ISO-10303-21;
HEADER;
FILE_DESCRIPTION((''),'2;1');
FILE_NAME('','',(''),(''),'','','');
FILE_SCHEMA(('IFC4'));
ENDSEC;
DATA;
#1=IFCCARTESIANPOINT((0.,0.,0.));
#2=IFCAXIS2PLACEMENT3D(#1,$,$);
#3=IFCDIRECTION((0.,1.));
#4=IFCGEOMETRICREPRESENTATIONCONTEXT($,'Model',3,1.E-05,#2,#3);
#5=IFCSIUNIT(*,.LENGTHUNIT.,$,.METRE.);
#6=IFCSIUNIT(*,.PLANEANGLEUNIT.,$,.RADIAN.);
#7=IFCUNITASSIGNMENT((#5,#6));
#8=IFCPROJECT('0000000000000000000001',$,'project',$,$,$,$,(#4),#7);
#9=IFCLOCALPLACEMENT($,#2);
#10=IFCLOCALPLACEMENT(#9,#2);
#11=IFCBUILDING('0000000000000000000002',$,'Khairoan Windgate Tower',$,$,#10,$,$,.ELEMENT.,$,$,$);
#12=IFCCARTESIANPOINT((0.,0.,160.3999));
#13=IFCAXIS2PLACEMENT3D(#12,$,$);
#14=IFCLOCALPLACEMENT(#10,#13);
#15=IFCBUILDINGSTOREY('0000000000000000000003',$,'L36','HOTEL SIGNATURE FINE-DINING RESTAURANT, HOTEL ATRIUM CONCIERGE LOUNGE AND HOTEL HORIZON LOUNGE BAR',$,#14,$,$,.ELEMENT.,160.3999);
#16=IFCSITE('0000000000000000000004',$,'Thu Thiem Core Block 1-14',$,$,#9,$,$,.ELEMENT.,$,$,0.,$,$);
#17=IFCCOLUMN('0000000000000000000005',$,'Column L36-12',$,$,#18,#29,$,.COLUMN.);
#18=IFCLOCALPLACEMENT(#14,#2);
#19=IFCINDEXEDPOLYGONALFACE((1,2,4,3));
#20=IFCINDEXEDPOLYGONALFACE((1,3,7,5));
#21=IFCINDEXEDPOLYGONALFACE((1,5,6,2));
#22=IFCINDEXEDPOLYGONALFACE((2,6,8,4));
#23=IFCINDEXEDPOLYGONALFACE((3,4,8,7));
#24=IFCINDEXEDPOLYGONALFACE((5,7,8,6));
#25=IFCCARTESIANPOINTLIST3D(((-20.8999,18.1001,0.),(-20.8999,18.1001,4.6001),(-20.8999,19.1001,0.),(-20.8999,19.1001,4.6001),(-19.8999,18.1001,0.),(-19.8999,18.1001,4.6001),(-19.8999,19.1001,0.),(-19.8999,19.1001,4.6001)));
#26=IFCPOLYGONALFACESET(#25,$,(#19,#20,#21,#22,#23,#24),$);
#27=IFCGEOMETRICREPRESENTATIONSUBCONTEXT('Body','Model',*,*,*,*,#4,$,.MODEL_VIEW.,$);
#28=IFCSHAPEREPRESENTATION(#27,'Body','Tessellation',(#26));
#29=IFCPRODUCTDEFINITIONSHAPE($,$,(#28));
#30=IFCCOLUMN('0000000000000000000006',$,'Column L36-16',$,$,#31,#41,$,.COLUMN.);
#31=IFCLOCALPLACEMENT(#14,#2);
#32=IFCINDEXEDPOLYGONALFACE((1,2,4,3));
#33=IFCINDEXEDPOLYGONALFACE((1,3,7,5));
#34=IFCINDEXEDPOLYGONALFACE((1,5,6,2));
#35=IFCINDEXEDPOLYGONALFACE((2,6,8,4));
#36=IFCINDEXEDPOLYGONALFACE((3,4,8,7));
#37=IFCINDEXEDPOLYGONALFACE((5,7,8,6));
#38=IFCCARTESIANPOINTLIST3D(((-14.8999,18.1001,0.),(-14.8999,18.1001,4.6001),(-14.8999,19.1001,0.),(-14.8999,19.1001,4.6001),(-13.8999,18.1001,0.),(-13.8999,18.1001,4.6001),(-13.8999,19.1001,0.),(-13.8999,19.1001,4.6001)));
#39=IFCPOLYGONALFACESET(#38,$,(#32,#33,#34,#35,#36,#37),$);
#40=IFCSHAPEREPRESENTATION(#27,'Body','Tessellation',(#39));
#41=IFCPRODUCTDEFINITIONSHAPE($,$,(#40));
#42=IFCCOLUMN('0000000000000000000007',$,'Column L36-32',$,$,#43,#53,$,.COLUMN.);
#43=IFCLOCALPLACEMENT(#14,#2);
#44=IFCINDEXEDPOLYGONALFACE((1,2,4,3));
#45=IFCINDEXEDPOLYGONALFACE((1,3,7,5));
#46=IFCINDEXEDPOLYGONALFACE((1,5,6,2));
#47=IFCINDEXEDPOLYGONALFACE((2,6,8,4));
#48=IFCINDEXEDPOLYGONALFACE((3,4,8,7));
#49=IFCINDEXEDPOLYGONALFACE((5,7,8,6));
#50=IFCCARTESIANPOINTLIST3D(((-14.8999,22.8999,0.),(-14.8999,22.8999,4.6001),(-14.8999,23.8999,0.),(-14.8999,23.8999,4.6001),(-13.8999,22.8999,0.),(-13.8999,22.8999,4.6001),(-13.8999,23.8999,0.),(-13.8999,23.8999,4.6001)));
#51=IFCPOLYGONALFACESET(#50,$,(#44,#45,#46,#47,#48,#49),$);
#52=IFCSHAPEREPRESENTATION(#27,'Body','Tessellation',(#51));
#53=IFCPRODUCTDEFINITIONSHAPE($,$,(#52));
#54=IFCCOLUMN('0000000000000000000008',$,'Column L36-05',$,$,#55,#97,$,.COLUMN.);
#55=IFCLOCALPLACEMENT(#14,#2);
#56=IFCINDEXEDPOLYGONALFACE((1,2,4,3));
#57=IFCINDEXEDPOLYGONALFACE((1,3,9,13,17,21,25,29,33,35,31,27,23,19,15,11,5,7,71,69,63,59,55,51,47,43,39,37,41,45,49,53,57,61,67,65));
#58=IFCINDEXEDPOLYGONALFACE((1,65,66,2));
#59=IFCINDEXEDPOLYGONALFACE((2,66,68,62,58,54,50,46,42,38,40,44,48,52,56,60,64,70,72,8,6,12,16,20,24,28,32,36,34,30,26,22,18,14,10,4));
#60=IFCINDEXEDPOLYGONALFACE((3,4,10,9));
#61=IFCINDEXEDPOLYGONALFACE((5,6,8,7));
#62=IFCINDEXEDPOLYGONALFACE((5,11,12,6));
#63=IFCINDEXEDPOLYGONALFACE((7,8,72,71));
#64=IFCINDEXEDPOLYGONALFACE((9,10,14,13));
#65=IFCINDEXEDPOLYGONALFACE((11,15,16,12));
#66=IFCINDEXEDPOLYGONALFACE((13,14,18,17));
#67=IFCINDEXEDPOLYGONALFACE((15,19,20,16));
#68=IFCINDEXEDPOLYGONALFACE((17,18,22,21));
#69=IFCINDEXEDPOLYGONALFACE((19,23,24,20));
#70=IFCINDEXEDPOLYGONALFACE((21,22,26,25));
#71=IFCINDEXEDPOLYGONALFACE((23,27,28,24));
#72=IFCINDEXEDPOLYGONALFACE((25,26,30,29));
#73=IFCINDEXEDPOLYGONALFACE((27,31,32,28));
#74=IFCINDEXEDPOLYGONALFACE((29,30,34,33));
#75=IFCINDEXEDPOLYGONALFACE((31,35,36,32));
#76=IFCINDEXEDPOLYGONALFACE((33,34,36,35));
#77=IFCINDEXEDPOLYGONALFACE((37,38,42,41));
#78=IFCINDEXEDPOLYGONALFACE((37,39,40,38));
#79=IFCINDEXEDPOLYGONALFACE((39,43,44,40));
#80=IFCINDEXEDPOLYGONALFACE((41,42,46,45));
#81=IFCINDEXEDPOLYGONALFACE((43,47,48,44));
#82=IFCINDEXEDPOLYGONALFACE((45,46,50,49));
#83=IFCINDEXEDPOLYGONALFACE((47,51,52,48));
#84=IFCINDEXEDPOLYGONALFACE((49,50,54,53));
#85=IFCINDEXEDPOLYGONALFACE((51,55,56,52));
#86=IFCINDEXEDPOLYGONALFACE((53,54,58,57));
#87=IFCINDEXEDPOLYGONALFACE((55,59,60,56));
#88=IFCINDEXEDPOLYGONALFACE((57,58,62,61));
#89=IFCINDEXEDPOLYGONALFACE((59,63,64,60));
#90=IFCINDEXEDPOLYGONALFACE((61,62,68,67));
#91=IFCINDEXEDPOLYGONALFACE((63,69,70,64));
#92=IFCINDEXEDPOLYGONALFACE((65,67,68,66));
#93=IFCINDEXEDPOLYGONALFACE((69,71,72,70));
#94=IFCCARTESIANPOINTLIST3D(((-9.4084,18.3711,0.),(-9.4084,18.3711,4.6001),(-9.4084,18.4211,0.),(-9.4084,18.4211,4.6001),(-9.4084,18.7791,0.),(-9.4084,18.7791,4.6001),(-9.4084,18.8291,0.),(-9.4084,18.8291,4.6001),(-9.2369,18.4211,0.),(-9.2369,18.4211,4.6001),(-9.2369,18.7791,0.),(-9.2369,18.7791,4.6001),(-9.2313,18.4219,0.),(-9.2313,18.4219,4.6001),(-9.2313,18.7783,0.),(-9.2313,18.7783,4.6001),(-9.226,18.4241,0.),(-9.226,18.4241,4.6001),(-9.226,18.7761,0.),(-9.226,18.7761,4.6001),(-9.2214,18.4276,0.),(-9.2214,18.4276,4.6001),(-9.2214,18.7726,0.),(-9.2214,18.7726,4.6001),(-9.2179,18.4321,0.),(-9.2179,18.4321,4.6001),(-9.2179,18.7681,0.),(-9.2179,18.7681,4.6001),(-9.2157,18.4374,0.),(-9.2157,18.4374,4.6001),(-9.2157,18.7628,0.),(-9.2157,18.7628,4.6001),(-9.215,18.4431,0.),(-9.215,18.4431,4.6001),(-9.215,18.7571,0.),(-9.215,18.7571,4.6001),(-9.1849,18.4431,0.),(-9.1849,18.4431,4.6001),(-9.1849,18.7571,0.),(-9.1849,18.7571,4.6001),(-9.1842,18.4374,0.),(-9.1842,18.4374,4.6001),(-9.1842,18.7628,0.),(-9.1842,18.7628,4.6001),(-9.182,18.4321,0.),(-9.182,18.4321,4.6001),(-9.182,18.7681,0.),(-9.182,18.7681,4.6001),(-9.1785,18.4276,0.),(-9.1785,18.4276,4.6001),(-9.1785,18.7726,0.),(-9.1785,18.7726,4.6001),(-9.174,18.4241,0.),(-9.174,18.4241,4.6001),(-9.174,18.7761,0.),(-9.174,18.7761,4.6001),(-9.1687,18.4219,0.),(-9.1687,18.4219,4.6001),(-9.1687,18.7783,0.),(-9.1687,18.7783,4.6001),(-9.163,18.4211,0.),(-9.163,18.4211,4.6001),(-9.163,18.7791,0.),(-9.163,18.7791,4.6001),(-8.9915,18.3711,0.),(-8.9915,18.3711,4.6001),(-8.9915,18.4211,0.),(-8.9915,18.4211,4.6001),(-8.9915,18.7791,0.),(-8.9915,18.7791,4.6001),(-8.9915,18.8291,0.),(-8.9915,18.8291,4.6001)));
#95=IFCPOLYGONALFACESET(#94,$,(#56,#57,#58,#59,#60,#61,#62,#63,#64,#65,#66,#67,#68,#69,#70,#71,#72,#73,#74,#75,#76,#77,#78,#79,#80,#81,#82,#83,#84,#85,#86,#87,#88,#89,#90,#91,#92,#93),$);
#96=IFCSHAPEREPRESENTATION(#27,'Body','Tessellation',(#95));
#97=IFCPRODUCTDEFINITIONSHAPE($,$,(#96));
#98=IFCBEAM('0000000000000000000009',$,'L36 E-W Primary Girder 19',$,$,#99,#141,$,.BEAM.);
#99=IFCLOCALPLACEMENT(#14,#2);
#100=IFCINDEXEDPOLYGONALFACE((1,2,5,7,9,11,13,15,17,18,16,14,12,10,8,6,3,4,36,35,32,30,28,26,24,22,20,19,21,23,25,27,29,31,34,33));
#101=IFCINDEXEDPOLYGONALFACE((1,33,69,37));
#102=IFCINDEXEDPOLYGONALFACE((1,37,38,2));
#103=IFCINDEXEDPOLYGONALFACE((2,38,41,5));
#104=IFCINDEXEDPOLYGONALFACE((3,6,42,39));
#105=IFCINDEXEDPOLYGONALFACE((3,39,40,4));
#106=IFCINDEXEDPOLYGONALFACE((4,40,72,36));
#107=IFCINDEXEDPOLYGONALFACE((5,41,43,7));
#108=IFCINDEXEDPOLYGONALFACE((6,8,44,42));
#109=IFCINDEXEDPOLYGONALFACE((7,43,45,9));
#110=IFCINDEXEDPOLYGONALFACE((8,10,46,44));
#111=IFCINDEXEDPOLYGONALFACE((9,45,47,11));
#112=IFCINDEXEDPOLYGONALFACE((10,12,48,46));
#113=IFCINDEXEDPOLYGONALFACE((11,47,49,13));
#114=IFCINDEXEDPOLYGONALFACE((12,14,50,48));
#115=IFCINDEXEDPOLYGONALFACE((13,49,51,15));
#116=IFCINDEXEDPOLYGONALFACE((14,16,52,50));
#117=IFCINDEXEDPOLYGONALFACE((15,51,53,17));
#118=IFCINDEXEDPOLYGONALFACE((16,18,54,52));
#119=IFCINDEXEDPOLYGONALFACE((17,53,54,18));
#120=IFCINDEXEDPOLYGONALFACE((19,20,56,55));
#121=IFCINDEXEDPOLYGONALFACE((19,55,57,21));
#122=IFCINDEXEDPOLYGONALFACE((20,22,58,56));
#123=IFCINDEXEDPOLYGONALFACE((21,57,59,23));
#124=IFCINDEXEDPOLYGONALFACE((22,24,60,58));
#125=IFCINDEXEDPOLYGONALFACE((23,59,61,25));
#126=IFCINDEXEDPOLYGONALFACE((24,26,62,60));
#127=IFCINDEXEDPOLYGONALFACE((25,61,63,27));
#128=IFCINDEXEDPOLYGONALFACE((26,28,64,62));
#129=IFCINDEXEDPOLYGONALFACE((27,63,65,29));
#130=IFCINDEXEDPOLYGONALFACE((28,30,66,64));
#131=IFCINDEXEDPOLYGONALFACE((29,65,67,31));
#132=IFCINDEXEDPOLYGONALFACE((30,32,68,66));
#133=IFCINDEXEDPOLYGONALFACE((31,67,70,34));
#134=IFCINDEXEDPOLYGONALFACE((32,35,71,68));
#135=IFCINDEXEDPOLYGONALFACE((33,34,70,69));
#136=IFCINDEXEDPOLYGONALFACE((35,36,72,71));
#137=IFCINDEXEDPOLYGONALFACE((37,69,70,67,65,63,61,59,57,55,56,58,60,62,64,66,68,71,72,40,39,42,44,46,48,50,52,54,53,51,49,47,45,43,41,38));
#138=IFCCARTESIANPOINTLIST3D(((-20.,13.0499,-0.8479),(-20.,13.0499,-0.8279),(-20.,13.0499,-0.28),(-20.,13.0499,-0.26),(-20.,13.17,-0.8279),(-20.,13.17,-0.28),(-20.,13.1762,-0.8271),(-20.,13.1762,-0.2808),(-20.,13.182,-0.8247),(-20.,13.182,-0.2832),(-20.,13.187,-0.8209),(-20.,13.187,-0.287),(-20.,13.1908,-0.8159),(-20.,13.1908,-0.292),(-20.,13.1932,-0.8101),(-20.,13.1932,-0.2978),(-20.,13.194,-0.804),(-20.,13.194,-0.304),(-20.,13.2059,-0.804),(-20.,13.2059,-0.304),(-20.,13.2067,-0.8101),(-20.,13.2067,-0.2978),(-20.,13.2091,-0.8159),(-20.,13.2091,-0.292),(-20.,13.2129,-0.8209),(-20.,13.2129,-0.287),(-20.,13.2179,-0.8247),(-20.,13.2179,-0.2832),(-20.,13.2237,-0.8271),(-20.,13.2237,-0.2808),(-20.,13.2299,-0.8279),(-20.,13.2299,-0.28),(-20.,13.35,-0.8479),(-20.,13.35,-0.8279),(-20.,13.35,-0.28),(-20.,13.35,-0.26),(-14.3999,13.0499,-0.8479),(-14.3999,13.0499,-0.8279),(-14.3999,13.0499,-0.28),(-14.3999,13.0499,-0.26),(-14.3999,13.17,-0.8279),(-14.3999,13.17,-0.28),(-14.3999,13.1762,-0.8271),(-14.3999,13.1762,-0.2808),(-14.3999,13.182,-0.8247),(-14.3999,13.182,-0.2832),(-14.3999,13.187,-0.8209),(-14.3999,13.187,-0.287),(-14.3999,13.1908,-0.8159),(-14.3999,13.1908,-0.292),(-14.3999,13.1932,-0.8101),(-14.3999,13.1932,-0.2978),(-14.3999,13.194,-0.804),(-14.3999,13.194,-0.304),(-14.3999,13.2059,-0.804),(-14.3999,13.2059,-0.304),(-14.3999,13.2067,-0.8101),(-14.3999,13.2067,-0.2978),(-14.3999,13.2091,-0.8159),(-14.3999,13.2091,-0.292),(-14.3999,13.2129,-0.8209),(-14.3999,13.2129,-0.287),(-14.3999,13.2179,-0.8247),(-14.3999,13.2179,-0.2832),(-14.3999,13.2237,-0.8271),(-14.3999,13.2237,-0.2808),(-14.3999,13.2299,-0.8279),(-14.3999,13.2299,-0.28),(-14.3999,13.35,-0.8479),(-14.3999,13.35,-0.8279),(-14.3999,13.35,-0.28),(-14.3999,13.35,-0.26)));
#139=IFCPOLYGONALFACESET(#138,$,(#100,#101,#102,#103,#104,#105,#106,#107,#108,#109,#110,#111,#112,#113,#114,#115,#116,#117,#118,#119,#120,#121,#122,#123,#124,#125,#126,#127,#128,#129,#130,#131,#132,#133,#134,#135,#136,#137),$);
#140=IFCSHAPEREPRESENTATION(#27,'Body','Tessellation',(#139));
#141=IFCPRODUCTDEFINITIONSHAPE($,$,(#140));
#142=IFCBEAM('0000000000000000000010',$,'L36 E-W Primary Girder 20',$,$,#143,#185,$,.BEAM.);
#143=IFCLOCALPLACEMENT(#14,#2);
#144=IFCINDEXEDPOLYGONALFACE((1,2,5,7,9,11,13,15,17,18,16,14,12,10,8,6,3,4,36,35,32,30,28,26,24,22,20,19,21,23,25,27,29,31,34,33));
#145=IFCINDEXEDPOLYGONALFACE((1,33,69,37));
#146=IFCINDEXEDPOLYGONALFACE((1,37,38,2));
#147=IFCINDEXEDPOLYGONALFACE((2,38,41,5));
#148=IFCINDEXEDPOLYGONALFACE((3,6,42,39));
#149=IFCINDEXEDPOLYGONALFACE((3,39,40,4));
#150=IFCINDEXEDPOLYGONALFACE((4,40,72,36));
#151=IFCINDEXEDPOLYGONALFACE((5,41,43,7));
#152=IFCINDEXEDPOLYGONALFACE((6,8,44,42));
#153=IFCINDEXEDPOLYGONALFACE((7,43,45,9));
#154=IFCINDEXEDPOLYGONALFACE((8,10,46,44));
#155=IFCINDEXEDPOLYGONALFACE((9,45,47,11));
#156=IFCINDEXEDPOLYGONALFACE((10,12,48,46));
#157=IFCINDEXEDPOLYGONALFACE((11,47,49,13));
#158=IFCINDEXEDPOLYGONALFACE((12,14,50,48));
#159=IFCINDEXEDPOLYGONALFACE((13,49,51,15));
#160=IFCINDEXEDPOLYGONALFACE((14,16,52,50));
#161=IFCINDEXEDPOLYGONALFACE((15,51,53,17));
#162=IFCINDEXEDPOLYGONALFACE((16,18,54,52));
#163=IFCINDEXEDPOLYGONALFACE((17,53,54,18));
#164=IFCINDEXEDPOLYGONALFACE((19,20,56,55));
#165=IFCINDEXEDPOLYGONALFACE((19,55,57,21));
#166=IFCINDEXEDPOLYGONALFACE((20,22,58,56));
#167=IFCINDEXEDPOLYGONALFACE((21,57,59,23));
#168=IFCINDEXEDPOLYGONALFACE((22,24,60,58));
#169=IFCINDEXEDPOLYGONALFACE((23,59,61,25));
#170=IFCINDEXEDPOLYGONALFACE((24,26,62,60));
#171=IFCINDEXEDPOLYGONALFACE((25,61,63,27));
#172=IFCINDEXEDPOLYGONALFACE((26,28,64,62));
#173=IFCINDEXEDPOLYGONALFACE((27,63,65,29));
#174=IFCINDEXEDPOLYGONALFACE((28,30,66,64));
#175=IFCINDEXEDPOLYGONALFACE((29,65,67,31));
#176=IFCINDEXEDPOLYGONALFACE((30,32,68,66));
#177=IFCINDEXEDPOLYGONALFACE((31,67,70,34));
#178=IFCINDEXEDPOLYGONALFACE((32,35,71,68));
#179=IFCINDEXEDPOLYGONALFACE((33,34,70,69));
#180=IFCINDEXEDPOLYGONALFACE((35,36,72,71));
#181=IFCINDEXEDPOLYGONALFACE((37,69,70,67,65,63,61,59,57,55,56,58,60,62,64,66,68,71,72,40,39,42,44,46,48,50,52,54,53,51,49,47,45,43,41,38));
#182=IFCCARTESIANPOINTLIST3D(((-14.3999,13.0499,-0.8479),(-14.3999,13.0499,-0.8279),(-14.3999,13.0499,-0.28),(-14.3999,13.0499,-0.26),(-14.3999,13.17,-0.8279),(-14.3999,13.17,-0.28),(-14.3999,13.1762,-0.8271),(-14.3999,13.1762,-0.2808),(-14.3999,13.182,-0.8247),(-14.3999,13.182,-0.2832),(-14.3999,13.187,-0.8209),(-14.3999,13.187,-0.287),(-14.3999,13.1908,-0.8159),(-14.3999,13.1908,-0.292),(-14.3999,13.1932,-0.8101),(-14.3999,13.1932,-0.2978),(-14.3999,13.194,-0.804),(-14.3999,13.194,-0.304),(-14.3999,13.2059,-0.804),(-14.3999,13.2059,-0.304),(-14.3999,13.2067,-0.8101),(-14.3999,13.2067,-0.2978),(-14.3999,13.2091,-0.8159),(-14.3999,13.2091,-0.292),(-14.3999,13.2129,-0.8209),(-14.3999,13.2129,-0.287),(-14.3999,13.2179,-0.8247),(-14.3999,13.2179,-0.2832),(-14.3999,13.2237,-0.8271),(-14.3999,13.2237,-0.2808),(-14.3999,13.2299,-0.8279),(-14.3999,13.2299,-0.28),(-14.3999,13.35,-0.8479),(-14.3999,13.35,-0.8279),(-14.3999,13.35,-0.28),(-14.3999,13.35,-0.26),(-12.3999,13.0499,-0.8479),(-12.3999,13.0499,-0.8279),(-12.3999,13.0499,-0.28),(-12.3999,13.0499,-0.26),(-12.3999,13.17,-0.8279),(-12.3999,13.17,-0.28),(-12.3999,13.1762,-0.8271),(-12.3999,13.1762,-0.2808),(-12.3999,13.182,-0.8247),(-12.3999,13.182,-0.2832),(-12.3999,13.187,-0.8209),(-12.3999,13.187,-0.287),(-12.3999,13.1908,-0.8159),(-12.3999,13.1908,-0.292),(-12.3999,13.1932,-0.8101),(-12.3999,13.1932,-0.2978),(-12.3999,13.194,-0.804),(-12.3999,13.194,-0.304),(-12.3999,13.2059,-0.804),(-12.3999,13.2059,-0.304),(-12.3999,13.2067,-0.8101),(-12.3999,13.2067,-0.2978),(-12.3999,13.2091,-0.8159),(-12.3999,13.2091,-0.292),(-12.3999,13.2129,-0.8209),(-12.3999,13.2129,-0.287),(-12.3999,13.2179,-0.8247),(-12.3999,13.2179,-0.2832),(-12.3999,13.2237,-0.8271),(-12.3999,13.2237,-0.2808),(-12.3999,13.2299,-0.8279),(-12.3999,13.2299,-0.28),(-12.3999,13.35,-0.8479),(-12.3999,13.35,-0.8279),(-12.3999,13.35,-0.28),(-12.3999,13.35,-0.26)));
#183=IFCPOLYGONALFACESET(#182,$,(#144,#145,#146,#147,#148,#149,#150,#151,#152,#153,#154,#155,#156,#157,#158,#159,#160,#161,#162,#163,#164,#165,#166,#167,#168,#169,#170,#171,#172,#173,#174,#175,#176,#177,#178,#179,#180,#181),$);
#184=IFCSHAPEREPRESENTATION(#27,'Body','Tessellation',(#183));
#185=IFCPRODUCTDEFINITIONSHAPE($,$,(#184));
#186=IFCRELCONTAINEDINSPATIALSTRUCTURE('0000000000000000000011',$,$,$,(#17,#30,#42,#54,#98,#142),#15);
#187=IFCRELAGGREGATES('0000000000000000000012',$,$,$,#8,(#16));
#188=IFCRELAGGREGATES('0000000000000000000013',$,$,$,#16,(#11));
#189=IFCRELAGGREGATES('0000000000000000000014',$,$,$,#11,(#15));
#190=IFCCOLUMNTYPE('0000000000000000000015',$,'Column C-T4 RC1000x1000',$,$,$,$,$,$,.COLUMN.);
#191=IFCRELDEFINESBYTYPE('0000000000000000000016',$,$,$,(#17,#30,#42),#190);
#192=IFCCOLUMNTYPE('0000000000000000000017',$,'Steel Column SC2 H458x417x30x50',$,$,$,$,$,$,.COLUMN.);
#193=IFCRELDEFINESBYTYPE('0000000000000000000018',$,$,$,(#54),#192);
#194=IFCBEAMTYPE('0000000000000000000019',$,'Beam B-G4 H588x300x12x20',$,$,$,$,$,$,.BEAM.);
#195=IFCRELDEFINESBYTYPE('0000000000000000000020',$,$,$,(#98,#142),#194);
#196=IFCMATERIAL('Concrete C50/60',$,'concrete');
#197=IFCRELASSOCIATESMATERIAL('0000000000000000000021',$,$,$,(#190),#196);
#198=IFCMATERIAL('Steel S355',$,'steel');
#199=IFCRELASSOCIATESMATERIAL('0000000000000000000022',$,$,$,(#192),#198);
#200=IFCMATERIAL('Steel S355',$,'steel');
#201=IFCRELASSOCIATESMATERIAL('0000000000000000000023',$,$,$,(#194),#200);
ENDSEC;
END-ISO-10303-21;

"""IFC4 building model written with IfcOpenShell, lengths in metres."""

from ifc_helpers import new_model, si_unit, direction, frame, origin, origin_2d, place, context, subcontext, project, spatial, rectangle, i_section, extrude, material, material_profile, profile_set, type_object, element, save


model = new_model("IFC4")

# Units and contexts
model_context = context("Model", 3, precision=1e-05, world=origin(), true_north=direction((0.0, 1.0)))
body_context = subcontext(model_context, "Body", "Model", "MODEL_VIEW")
ifc_project = project(units=[si_unit("LENGTHUNIT", "METRE"), si_unit("PLANEANGLEUNIT", "RADIAN")], contexts=[model_context])

# Site, building, storey
site_placement = place(None, origin())
site = spatial("IfcSite", under=ifc_project, at=site_placement, Name="Thu Thiem Core Block 1-14", CompositionType="ELEMENT", RefElevation=0.0)
building_placement = place(site_placement, origin())
building = spatial("IfcBuilding", under=site, at=building_placement, Name="Khairoan Windgate Tower", CompositionType="ELEMENT")
storey_placement = place(building_placement, frame((0.0, 0.0, 160.3999)))
storey = spatial("IfcBuildingStorey", under=building, at=storey_placement, Name="L36", Description="HOTEL SIGNATURE FINE-DINING RESTAURANT, HOTEL ATRIUM CONCIERGE LOUNGE AND HOTEL HORIZON LOUNGE BAR", CompositionType="ELEMENT", Elevation=160.3999)

# Columns
ifc_material_1 = material(Name="Concrete C50/60", Category="concrete")
ifc_material_profile_1 = material_profile(ifc_material_1, rectangle(XDim=1.0, YDim=1.0, at=origin_2d()))
ifc_profile_set_1 = profile_set([ifc_material_profile_1], Name="Concrete C50/60")
column_type_1 = type_object("IfcColumnType", Name="Column C-T4 RC1000x1000", PredefinedType="COLUMN", material=ifc_profile_set_1)
for number, where, z_axis, x_axis, name in (
    (1, (-20.3999, 18.6001, 0.0), (0.0, 0.0, 1.0), (1.0, 0.0, 0.0), "Column L36-12"),
    (2, (-14.3999, 18.6001, 0.0), (0.0, 0.0, 1.0), (1.0, 0.0, 0.0), "Column L36-16"),
    (3, (-14.3999, 23.3999, 0.0), (0.0, 0.0, 1.0), (1.0, 0.0, 0.0), "Column L36-32"),
):
    element("IfcColumn", number, at=place(storey_placement, frame(where, z_axis=z_axis, x_axis=x_axis)), inside=storey, type_object=column_type_1, Name=name, PredefinedType="COLUMN", context=body_context, shape_type="SweptSolid", body=[
        extrude(rectangle(XDim=1.0, YDim=1.0, at=origin_2d()), origin(), (0.0, 0.0, 1.0), 4.6001),
    ])
ifc_material_2 = material(Name="Steel S355", Category="steel")
ifc_material_profile_2 = material_profile(ifc_material_2, i_section(OverallWidth=0.417, OverallDepth=0.458, WebThickness=0.03, FlangeThickness=0.05, FilletRadius=0.022, at=origin_2d()))
ifc_profile_set_2 = profile_set([ifc_material_profile_2], Name="Steel S355")
column_type_2 = type_object("IfcColumnType", Name="Steel Column SC2 H458x417x30x50", PredefinedType="COLUMN", material=ifc_profile_set_2)
column_placement = place(storey_placement, frame((-9.2, 18.6001, 0.0), z_axis=(0.0, 0.0, 1.0), x_axis=(1.0, 0.0, 0.0)))
element("IfcColumn", 4, at=column_placement, inside=storey, type_object=column_type_2, Name="Column L36-05", PredefinedType="COLUMN", context=body_context, shape_type="SweptSolid", body=[
    extrude(i_section(OverallWidth=0.417, OverallDepth=0.458, WebThickness=0.03, FlangeThickness=0.05, FilletRadius=0.022, at=origin_2d()), origin(), (0.0, 0.0, 1.0), 4.6001),
])

# Beams
ifc_material_3 = material(Name="Steel S355", Category="steel")
ifc_material_profile_3 = material_profile(ifc_material_3, i_section(OverallWidth=0.3, OverallDepth=0.5879, WebThickness=0.012, FlangeThickness=0.02, FilletRadius=0.0239, at=origin_2d()))
ifc_profile_set_3 = profile_set([ifc_material_profile_3], Name="Steel S355")
beam_type_1 = type_object("IfcBeamType", Name="Beam B-G4 H588x300x12x20", PredefinedType="BEAM", material=ifc_profile_set_3)
beam_1_placement = place(storey_placement, frame((-20.0, 13.2, -0.554), z_axis=(1.0, 0.0, 0.0), x_axis=(0.0, 1.0, 0.0)))
element("IfcBeam", 5, at=beam_1_placement, inside=storey, type_object=beam_type_1, Name="L36 E-W Primary Girder 19", PredefinedType="BEAM", context=body_context, shape_type="SweptSolid", body=[
    extrude(i_section(OverallWidth=0.3, OverallDepth=0.5879, WebThickness=0.012, FlangeThickness=0.02, FilletRadius=0.0239, at=origin_2d()), origin(), (0.0, 0.0, 1.0), 5.6001),
])
beam_2_placement = place(storey_placement, frame((-14.3999, 13.2, -0.554), z_axis=(1.0, 0.0, 0.0), x_axis=(0.0, 1.0, 0.0)))
element("IfcBeam", 6, at=beam_2_placement, inside=storey, type_object=beam_type_1, Name="L36 E-W Primary Girder 20", PredefinedType="BEAM", context=body_context, shape_type="SweptSolid", body=[
    extrude(i_section(OverallWidth=0.3, OverallDepth=0.5879, WebThickness=0.012, FlangeThickness=0.02, FilletRadius=0.0239, at=origin_2d()), origin(), (0.0, 0.0, 1.0), 2.0),
])

save(model, "model.ifc")
